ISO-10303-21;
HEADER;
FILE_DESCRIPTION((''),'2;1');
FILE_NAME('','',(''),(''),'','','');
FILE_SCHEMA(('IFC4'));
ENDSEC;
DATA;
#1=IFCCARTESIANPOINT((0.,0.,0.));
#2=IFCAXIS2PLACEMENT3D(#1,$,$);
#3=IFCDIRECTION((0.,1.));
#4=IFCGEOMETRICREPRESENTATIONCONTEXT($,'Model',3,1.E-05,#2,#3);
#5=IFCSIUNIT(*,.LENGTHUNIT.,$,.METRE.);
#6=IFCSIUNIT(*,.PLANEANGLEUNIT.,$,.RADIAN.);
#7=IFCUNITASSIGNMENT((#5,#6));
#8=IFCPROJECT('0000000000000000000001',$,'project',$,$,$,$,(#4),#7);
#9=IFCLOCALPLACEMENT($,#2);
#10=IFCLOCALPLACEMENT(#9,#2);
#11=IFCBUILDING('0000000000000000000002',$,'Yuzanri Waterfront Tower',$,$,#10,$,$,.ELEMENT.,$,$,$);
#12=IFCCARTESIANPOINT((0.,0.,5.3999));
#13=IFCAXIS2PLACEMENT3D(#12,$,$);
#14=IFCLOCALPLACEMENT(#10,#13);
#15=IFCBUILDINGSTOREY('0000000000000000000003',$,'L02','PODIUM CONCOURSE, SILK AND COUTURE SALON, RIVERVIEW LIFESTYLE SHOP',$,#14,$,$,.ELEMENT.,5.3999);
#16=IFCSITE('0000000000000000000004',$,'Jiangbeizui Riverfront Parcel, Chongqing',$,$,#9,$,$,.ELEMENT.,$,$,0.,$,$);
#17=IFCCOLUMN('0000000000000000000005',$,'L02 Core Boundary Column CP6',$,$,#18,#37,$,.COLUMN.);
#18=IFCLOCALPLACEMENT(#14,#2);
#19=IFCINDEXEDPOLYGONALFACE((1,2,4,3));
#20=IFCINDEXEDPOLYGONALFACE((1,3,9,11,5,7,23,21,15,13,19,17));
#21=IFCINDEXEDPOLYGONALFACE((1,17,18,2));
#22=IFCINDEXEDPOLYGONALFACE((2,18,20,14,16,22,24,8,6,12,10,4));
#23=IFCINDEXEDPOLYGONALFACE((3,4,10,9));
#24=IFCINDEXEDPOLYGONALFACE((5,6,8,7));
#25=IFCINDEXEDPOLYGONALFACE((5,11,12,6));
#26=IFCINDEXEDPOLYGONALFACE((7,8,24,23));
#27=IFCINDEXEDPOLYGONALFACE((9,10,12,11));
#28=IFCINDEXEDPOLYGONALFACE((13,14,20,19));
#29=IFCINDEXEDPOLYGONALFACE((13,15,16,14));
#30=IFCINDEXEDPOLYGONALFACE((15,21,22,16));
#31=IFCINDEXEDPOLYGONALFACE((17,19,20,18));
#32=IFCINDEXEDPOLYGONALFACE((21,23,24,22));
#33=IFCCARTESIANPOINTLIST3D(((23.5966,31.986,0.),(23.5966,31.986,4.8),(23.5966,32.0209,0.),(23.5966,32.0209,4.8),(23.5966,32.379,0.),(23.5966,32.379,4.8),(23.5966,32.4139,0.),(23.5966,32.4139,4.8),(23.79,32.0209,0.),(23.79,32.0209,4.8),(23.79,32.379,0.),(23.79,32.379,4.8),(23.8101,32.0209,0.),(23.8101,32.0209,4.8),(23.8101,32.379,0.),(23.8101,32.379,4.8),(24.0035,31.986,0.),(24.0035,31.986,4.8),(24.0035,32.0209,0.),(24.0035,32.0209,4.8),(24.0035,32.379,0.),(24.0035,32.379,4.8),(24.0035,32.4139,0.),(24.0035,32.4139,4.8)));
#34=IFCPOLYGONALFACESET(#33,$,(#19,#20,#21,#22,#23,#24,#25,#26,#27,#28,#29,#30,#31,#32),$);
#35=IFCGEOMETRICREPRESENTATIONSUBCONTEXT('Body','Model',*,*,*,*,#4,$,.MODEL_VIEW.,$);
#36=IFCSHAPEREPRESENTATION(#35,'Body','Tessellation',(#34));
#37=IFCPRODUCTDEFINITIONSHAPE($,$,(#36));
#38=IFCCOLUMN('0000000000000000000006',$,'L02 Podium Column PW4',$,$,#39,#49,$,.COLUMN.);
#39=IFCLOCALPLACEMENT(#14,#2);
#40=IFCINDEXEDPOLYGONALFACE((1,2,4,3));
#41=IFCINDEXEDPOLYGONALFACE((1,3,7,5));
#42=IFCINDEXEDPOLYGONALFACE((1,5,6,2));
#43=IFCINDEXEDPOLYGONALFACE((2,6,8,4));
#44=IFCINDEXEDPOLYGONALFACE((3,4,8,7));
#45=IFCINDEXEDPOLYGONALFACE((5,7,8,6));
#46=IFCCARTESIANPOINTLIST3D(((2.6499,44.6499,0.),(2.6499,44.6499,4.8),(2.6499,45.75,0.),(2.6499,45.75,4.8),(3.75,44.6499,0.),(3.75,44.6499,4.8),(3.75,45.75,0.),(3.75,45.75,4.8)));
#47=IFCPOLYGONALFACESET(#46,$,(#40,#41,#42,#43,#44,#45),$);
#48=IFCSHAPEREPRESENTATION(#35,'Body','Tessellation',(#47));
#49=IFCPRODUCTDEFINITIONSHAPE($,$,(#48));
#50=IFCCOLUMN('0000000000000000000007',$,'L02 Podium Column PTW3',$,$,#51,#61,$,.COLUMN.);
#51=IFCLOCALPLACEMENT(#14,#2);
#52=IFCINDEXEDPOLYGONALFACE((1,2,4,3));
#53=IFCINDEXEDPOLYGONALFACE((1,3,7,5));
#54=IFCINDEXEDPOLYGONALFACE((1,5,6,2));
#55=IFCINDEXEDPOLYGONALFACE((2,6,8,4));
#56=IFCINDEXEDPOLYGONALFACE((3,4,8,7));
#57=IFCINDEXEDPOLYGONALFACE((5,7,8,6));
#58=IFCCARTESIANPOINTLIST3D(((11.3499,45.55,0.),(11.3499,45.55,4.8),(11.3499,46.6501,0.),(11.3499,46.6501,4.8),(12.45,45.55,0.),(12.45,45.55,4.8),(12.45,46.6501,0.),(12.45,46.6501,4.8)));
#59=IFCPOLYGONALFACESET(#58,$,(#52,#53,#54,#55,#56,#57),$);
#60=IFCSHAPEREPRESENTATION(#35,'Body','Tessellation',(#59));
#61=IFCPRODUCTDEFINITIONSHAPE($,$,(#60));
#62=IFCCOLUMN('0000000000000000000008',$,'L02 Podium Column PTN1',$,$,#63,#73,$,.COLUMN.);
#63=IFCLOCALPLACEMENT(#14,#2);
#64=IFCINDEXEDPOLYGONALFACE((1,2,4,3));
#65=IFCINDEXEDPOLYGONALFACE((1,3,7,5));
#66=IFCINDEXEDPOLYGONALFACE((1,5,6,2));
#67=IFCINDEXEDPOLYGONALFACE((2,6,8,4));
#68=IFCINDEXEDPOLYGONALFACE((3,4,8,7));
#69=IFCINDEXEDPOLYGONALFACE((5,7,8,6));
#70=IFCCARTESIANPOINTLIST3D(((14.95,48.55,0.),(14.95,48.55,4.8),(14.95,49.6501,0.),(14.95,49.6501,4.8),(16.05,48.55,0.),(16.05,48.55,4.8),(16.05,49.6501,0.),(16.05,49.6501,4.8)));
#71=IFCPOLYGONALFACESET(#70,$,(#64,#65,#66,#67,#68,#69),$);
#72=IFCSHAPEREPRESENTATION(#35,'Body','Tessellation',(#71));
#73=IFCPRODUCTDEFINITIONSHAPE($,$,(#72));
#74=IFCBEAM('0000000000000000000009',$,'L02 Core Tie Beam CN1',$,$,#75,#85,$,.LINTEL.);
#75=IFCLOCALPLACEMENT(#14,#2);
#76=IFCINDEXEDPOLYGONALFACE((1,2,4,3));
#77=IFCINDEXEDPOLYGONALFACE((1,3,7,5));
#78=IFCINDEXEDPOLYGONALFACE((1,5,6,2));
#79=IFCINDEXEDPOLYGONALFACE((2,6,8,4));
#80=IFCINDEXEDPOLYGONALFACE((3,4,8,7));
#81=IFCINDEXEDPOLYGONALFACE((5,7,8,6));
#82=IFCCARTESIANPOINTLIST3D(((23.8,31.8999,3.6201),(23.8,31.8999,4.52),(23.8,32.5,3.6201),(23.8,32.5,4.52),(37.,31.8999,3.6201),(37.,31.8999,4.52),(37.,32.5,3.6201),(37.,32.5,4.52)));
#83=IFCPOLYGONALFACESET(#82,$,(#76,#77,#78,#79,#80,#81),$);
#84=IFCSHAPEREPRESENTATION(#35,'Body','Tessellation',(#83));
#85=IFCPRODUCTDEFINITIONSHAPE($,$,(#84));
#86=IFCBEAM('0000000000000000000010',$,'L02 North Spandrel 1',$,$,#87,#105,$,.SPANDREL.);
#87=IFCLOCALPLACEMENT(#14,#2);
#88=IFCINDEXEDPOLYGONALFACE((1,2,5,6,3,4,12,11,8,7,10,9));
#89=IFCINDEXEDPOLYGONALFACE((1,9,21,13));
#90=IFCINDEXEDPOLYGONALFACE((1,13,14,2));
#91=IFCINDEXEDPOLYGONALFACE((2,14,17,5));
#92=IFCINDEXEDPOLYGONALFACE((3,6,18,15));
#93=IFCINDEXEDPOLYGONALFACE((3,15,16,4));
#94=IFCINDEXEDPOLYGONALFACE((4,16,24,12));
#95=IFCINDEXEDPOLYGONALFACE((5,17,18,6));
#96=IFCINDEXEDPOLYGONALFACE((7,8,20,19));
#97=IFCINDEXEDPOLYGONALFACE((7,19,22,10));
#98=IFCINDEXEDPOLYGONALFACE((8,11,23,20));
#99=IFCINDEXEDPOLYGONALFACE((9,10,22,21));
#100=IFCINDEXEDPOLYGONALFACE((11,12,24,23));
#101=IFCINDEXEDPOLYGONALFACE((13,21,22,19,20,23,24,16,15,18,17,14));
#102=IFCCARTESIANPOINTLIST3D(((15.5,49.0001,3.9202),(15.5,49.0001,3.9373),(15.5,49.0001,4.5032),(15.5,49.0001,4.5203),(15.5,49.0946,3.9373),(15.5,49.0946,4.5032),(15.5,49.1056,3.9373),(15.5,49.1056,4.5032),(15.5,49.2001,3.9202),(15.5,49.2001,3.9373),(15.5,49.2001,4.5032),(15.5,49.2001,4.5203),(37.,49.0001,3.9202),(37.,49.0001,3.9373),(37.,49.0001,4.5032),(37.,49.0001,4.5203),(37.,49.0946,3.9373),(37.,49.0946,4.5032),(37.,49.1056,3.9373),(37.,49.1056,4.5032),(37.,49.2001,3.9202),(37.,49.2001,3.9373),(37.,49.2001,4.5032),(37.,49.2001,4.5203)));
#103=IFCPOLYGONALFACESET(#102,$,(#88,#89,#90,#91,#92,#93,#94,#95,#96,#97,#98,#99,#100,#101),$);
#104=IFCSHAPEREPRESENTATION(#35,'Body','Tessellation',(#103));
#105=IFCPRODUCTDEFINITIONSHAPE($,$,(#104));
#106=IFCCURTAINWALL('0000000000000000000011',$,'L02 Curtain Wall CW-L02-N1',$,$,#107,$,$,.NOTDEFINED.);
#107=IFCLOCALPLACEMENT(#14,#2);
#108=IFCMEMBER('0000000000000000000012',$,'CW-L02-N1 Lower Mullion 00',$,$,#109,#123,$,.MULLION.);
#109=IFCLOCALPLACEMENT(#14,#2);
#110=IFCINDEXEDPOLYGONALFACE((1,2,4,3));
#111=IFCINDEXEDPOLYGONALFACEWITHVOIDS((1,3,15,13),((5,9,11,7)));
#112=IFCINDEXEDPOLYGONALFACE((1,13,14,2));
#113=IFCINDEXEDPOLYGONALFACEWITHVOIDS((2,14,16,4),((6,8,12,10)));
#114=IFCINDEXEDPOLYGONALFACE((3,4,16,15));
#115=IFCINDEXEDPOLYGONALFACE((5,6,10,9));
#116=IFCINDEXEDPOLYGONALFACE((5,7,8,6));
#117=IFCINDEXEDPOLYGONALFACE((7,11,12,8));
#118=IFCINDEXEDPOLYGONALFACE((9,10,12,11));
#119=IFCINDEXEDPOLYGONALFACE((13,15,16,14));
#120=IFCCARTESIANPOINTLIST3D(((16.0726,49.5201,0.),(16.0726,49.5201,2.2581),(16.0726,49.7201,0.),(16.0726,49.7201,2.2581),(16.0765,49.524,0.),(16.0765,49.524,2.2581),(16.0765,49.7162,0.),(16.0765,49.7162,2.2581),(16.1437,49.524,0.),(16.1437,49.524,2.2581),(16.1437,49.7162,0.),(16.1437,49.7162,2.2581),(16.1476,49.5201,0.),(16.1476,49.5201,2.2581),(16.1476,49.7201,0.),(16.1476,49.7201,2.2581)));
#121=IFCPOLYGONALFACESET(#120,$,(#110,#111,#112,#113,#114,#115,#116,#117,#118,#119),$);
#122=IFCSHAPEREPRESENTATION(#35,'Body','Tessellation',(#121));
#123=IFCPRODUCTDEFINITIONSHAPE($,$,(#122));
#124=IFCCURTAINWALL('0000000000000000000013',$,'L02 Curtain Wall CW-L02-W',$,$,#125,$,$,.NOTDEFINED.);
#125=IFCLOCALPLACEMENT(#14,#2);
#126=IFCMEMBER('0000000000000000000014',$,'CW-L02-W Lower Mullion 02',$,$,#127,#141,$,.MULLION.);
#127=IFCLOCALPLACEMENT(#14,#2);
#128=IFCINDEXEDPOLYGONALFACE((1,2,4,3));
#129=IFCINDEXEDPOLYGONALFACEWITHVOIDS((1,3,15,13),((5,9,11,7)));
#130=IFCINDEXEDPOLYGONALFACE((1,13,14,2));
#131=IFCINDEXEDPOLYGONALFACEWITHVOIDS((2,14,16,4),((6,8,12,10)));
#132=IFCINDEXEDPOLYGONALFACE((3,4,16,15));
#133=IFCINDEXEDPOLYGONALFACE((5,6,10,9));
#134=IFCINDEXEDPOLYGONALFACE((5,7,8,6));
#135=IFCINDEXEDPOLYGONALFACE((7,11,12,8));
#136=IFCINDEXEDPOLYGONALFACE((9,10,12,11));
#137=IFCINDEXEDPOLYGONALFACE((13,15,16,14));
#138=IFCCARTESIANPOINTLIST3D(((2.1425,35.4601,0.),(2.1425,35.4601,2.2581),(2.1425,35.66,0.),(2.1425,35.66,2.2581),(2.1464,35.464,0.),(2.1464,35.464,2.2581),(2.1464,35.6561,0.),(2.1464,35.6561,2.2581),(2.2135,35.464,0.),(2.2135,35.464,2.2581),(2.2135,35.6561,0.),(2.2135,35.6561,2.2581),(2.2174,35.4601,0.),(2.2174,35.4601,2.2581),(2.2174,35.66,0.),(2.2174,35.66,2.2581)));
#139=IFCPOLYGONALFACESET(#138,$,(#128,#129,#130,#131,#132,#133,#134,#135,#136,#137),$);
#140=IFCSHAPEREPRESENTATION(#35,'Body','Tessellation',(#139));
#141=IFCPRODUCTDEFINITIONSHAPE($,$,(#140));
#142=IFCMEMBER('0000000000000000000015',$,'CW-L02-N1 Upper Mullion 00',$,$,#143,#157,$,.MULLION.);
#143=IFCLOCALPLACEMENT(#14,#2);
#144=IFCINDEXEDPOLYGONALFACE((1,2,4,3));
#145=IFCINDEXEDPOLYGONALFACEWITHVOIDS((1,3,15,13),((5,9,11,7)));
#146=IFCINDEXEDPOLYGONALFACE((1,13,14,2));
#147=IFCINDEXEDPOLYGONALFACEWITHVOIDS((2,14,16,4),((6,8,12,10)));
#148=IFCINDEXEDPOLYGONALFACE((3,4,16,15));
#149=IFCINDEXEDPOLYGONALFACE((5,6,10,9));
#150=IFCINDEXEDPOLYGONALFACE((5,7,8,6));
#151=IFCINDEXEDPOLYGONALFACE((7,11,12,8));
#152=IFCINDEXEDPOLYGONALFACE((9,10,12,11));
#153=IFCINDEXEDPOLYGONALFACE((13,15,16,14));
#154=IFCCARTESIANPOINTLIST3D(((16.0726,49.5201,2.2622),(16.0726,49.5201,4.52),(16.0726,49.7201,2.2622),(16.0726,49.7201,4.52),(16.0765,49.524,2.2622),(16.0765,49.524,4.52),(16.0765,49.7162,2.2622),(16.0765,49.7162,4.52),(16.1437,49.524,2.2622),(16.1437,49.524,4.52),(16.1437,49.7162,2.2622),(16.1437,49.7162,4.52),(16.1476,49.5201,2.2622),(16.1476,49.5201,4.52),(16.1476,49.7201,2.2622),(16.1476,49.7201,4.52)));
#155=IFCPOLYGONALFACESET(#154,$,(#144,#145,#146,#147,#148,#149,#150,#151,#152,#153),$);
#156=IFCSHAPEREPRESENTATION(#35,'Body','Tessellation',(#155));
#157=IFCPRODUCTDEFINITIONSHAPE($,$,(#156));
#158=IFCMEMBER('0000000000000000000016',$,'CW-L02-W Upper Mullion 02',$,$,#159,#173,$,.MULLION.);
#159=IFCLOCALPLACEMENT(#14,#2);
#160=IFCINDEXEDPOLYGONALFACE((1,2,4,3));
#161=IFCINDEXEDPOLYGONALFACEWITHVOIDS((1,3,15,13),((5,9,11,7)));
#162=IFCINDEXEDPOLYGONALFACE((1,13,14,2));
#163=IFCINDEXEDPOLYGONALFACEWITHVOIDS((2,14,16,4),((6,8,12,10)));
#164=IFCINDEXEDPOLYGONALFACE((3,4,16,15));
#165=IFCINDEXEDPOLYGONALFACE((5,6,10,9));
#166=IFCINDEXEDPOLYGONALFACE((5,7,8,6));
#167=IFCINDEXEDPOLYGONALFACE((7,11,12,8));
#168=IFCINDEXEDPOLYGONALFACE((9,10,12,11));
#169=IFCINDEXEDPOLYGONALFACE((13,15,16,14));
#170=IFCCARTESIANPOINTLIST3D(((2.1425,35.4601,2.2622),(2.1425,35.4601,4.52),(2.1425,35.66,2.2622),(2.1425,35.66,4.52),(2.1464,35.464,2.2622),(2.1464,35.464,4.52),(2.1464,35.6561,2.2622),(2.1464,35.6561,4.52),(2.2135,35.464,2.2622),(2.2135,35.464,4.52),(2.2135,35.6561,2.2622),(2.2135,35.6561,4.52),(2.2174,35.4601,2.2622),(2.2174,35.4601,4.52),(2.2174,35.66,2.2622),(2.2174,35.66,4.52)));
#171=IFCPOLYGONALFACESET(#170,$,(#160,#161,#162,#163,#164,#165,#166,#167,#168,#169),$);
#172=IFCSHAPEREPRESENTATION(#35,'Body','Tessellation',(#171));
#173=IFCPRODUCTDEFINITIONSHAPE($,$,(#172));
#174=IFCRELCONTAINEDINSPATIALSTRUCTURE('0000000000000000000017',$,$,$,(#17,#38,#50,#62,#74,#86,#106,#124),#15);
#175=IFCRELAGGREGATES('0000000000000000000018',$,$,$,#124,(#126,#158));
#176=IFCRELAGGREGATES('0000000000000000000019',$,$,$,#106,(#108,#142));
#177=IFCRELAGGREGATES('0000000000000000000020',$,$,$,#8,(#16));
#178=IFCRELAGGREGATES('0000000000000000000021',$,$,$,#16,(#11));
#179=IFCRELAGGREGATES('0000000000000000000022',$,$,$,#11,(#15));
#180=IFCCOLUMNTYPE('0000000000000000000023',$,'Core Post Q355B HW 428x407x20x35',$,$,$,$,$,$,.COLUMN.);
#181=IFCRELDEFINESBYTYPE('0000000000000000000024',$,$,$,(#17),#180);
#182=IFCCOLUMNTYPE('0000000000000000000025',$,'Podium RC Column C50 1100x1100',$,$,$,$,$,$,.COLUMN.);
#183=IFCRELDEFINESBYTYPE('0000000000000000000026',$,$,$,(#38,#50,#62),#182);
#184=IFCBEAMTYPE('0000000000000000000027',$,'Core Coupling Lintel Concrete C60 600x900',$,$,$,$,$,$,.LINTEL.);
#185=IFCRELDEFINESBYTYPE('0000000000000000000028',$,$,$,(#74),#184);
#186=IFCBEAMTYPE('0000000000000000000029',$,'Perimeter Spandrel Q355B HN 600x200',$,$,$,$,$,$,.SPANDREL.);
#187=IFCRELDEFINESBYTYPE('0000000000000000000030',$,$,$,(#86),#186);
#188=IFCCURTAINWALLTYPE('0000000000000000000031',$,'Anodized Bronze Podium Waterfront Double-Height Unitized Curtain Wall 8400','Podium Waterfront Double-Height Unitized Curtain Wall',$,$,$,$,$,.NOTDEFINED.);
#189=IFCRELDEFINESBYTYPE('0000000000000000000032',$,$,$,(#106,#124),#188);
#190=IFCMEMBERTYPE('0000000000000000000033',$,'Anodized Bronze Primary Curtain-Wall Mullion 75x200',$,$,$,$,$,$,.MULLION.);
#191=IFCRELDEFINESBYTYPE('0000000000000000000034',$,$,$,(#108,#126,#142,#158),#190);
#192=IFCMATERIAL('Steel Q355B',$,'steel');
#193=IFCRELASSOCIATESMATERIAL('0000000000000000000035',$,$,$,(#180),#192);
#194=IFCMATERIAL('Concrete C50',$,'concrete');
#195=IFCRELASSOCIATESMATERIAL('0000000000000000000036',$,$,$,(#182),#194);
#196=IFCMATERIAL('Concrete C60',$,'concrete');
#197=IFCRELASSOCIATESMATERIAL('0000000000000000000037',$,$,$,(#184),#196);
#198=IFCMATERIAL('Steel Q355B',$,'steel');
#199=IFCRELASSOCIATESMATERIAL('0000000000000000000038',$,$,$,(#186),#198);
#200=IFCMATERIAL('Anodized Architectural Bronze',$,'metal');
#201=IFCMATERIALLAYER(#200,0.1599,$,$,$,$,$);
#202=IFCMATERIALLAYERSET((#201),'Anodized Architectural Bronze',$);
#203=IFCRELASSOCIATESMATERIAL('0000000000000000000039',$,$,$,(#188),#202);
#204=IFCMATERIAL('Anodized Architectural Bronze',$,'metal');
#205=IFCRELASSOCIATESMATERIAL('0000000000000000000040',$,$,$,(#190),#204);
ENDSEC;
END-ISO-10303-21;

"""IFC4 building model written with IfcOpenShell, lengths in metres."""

from ifc_helpers import new_model, si_unit, direction, frame, origin, origin_2d, place, context, subcontext, project, spatial, rectangle, hollow_rectangle, i_section, extrude, source, transform, mapped, material, layer, layer_set, material_profile, profile_set, type_object, element, aggregate, save


model = new_model("IFC4")

# Units and contexts
model_context = context("Model", 3, precision=1e-05, world=origin(), true_north=direction((0.0, 1.0)))
body_context = subcontext(model_context, "Body", "Model", "MODEL_VIEW")
ifc_project = project(units=[si_unit("LENGTHUNIT", "METRE"), si_unit("PLANEANGLEUNIT", "RADIAN")], contexts=[model_context])

# Site, building, storey
site_placement = place(None, origin())
site = spatial("IfcSite", under=ifc_project, at=site_placement, Name="Jiangbeizui Riverfront Parcel, Chongqing", CompositionType="ELEMENT", RefElevation=0.0)
building_placement = place(site_placement, origin())
building = spatial("IfcBuilding", under=site, at=building_placement, Name="Yuzanri Waterfront Tower", CompositionType="ELEMENT")
storey_placement = place(building_placement, frame((0.0, 0.0, 5.3999)))
storey = spatial("IfcBuildingStorey", under=building, at=storey_placement, Name="L02", Description="PODIUM CONCOURSE, SILK AND COUTURE SALON, RIVERVIEW LIFESTYLE SHOP", CompositionType="ELEMENT", Elevation=5.3999)

# Columns
ifc_material_1 = material(Name="Steel Q355B", Category="steel")
ifc_material_profile_1 = material_profile(ifc_material_1, i_section(OverallWidth=0.407, OverallDepth=0.428, WebThickness=0.02, FlangeThickness=0.0349, at=origin_2d()), Name="HW 428x407x20x35")
ifc_profile_set_1 = profile_set([ifc_material_profile_1], Name="Steel Q355B")
column_type_1 = type_object("IfcColumnType", Name="Core Post Q355B HW 428x407x20x35", PredefinedType="COLUMN", material=ifc_profile_set_1)
shared_shape_1 = source(origin(), body_context, "Body", "SweptSolid", [
    extrude(i_section(OverallWidth=0.407, OverallDepth=0.428, WebThickness=0.02, FlangeThickness=0.0349, at=origin_2d()), origin(), (0.0, 0.0, 1.0), 4.8),
])
column_placement = place(storey_placement, frame((23.8, 32.2, 0.0), z_axis=(0.0, 0.0, 1.0), x_axis=(1.0, 0.0, 0.0)))
element("IfcColumn", 1, at=column_placement, inside=storey, type_object=column_type_1, Name="L02 Core Boundary Column CP6", PredefinedType="COLUMN", context=body_context, shape_type="MappedRepresentation", body=[
    mapped(shared_shape_1, transform((0.0, 0.0, 0.0), scale=1.0)),
])
ifc_material_2 = material(Name="Concrete C50", Category="concrete")
ifc_material_profile_2 = material_profile(ifc_material_2, rectangle(XDim=1.1001, YDim=1.1001, at=origin_2d()), Name="RC 1100x1100")
ifc_profile_set_2 = profile_set([ifc_material_profile_2], Name="Concrete C50")
column_type_2 = type_object("IfcColumnType", Name="Podium RC Column C50 1100x1100", PredefinedType="COLUMN", material=ifc_profile_set_2)
shared_shape_2 = source(origin(), body_context, "Body", "SweptSolid", [
    extrude(rectangle(XDim=1.1001, YDim=1.1001, at=origin_2d()), origin(), (0.0, 0.0, 1.0), 4.8),
])
for number, where, z_axis, x_axis, name in (
    (2, (3.2, 45.2, 0.0), (0.0, 0.0, 1.0), (1.0, 0.0, 0.0), "L02 Podium Column PW4"),
    (3, (11.8999, 46.1001, 0.0), (0.0, 0.0, 1.0), (1.0, 0.0, 0.0), "L02 Podium Column PTW3"),
    (4, (15.5, 49.1001, 0.0), (0.0, 0.0, 1.0), (1.0, 0.0, 0.0), "L02 Podium Column PTN1"),
):
    element("IfcColumn", number, at=place(storey_placement, frame(where, z_axis=z_axis, x_axis=x_axis)), inside=storey, type_object=column_type_2, Name=name, PredefinedType="COLUMN", context=body_context, shape_type="MappedRepresentation", body=[
        mapped(shared_shape_2, transform((0.0, 0.0, 0.0), scale=1.0)),
    ])

# Beams
ifc_material_3 = material(Name="Concrete C60", Category="concrete")
ifc_material_profile_3 = material_profile(ifc_material_3, rectangle(XDim=0.6001, YDim=0.8999, at=origin_2d()), Name="RC 600x900")
ifc_profile_set_3 = profile_set([ifc_material_profile_3], Name="Concrete C60")
beam_type_1 = type_object("IfcBeamType", Name="Core Coupling Lintel Concrete C60 600x900", PredefinedType="LINTEL", material=ifc_profile_set_3)
shared_shape_3 = source(origin(), body_context, "Body", "SweptSolid", [
    extrude(rectangle(XDim=0.6001, YDim=0.8999, at=origin_2d()), origin(), (0.0, 0.0, 1.0), 13.2),
])
beam_1_placement = place(storey_placement, frame((23.8, 32.2, 4.0701), z_axis=(1.0, 0.0, 0.0), x_axis=(0.0, 1.0, 0.0)))
element("IfcBeam", 5, at=beam_1_placement, inside=storey, type_object=beam_type_1, Name="L02 Core Tie Beam CN1", PredefinedType="LINTEL", context=body_context, shape_type="MappedRepresentation", body=[
    mapped(shared_shape_3, transform((0.0, 0.0, 0.0), scale=1.0)),
])
ifc_material_4 = material(Name="Steel Q355B", Category="steel")
ifc_material_profile_4 = material_profile(ifc_material_4, i_section(OverallWidth=0.2, OverallDepth=0.6001, WebThickness=0.011, FlangeThickness=0.0171, at=origin_2d()), Name="HN 600x200x11x17")
ifc_profile_set_4 = profile_set([ifc_material_profile_4], Name="Steel Q355B")
beam_type_2 = type_object("IfcBeamType", Name="Perimeter Spandrel Q355B HN 600x200", PredefinedType="SPANDREL", material=ifc_profile_set_4)
shared_shape_4 = source(origin(), body_context, "Body", "SweptSolid", [
    extrude(i_section(OverallWidth=0.2, OverallDepth=0.6001, WebThickness=0.011, FlangeThickness=0.0171, at=origin_2d()), origin(), (0.0, 0.0, 1.0), 21.5),
])
beam_2_placement = place(storey_placement, frame((15.5, 49.1001, 4.2202), z_axis=(1.0, 0.0, 0.0), x_axis=(0.0, 1.0, 0.0)))
element("IfcBeam", 6, at=beam_2_placement, inside=storey, type_object=beam_type_2, Name="L02 North Spandrel 1", PredefinedType="SPANDREL", context=body_context, shape_type="MappedRepresentation", body=[
    mapped(shared_shape_4, transform((0.0, 0.0, 0.0), scale=1.0)),
])

# Curtain walls, members
ifc_material_5 = material(Name="Anodized Architectural Bronze", Category="metal")
ifc_layer_1 = layer(ifc_material_5, 0.1599)
ifc_layer_set_1 = layer_set([ifc_layer_1], Name="Anodized Architectural Bronze")
curtain_wall_type = type_object("IfcCurtainWallType", Name="Anodized Bronze Podium Waterfront Double-Height Unitized Curtain Wall 8400", Description="Podium Waterfront Double-Height Unitized Curtain Wall", PredefinedType="NOTDEFINED", material=ifc_layer_set_1)
curtain_wall_1_placement = place(storey_placement, origin())
curtain_wall_1 = element("IfcCurtainWall", 7, at=curtain_wall_1_placement, inside=storey, type_object=curtain_wall_type, Name="L02 Curtain Wall CW-L02-N1", PredefinedType="NOTDEFINED")
ifc_material_6 = material(Name="Anodized Architectural Bronze", Category="metal")
ifc_material_profile_5 = material_profile(ifc_material_6, hollow_rectangle(XDim=0.075, YDim=0.2, WallThickness=0.0039, at=origin_2d()), Name="CWM 75x200")
ifc_profile_set_5 = profile_set([ifc_material_profile_5], Name="Anodized Architectural Bronze")
member_type_1 = type_object("IfcMemberType", Name="Anodized Bronze Primary Curtain-Wall Mullion 75x200", PredefinedType="MULLION", material=ifc_profile_set_5)
shared_shape_5 = source(origin(), body_context, "Body", "SweptSolid", [
    extrude(hollow_rectangle(XDim=0.075, YDim=0.2, WallThickness=0.0039, at=origin_2d()), origin(), (0.0, 0.0, 1.0), 2.2581),
])
member_1_placement = place(storey_placement, frame((16.1101, 49.6201, 0.0), z_axis=(0.0, 0.0, 1.0), x_axis=(1.0, 0.0, 0.0)))
member_1 = element("IfcMember", 8, at=member_1_placement, type_object=member_type_1, Name="CW-L02-N1 Lower Mullion 00", PredefinedType="MULLION", context=body_context, shape_type="MappedRepresentation", body=[
    mapped(shared_shape_5, transform((0.0, 0.0, 0.0), scale=1.0)),
])
curtain_wall_2_placement = place(storey_placement, origin())
curtain_wall_2 = element("IfcCurtainWall", 9, at=curtain_wall_2_placement, inside=storey, type_object=curtain_wall_type, Name="L02 Curtain Wall CW-L02-W", PredefinedType="NOTDEFINED")
member_2_placement = place(storey_placement, frame((2.1799, 35.5601, 0.0), z_axis=(0.0, 0.0, 1.0), x_axis=(1.0, 0.0, 0.0)))
member_2 = element("IfcMember", 10, at=member_2_placement, type_object=member_type_1, Name="CW-L02-W Lower Mullion 02", PredefinedType="MULLION", context=body_context, shape_type="MappedRepresentation", body=[
    mapped(shared_shape_5, transform((0.0, 0.0, 0.0), scale=1.0)),
])

# Members
shared_shape_6 = source(origin(), body_context, "Body", "SweptSolid", [
    extrude(hollow_rectangle(XDim=0.075, YDim=0.2, WallThickness=0.0039, at=origin_2d()), origin(), (0.0, 0.0, 1.0), 2.2578),
])
member_3_placement = place(storey_placement, frame((16.1101, 49.6201, 2.2622), z_axis=(0.0, 0.0, 1.0), x_axis=(1.0, 0.0, 0.0)))
member_3 = element("IfcMember", 11, at=member_3_placement, type_object=member_type_1, Name="CW-L02-N1 Upper Mullion 00", PredefinedType="MULLION", context=body_context, shape_type="MappedRepresentation", body=[
    mapped(shared_shape_6, transform((0.0, 0.0, 0.0), scale=1.0)),
])
member_4_placement = place(storey_placement, frame((2.1799, 35.5601, 2.2622), z_axis=(0.0, 0.0, 1.0), x_axis=(1.0, 0.0, 0.0)))
member_4 = element("IfcMember", 12, at=member_4_placement, type_object=member_type_1, Name="CW-L02-W Upper Mullion 02", PredefinedType="MULLION", context=body_context, shape_type="MappedRepresentation", body=[
    mapped(shared_shape_6, transform((0.0, 0.0, 0.0), scale=1.0)),
])
aggregate(curtain_wall_2, [member_2, member_4])

aggregate(curtain_wall_1, [member_1, member_3])

save(model, "model.ifc")
